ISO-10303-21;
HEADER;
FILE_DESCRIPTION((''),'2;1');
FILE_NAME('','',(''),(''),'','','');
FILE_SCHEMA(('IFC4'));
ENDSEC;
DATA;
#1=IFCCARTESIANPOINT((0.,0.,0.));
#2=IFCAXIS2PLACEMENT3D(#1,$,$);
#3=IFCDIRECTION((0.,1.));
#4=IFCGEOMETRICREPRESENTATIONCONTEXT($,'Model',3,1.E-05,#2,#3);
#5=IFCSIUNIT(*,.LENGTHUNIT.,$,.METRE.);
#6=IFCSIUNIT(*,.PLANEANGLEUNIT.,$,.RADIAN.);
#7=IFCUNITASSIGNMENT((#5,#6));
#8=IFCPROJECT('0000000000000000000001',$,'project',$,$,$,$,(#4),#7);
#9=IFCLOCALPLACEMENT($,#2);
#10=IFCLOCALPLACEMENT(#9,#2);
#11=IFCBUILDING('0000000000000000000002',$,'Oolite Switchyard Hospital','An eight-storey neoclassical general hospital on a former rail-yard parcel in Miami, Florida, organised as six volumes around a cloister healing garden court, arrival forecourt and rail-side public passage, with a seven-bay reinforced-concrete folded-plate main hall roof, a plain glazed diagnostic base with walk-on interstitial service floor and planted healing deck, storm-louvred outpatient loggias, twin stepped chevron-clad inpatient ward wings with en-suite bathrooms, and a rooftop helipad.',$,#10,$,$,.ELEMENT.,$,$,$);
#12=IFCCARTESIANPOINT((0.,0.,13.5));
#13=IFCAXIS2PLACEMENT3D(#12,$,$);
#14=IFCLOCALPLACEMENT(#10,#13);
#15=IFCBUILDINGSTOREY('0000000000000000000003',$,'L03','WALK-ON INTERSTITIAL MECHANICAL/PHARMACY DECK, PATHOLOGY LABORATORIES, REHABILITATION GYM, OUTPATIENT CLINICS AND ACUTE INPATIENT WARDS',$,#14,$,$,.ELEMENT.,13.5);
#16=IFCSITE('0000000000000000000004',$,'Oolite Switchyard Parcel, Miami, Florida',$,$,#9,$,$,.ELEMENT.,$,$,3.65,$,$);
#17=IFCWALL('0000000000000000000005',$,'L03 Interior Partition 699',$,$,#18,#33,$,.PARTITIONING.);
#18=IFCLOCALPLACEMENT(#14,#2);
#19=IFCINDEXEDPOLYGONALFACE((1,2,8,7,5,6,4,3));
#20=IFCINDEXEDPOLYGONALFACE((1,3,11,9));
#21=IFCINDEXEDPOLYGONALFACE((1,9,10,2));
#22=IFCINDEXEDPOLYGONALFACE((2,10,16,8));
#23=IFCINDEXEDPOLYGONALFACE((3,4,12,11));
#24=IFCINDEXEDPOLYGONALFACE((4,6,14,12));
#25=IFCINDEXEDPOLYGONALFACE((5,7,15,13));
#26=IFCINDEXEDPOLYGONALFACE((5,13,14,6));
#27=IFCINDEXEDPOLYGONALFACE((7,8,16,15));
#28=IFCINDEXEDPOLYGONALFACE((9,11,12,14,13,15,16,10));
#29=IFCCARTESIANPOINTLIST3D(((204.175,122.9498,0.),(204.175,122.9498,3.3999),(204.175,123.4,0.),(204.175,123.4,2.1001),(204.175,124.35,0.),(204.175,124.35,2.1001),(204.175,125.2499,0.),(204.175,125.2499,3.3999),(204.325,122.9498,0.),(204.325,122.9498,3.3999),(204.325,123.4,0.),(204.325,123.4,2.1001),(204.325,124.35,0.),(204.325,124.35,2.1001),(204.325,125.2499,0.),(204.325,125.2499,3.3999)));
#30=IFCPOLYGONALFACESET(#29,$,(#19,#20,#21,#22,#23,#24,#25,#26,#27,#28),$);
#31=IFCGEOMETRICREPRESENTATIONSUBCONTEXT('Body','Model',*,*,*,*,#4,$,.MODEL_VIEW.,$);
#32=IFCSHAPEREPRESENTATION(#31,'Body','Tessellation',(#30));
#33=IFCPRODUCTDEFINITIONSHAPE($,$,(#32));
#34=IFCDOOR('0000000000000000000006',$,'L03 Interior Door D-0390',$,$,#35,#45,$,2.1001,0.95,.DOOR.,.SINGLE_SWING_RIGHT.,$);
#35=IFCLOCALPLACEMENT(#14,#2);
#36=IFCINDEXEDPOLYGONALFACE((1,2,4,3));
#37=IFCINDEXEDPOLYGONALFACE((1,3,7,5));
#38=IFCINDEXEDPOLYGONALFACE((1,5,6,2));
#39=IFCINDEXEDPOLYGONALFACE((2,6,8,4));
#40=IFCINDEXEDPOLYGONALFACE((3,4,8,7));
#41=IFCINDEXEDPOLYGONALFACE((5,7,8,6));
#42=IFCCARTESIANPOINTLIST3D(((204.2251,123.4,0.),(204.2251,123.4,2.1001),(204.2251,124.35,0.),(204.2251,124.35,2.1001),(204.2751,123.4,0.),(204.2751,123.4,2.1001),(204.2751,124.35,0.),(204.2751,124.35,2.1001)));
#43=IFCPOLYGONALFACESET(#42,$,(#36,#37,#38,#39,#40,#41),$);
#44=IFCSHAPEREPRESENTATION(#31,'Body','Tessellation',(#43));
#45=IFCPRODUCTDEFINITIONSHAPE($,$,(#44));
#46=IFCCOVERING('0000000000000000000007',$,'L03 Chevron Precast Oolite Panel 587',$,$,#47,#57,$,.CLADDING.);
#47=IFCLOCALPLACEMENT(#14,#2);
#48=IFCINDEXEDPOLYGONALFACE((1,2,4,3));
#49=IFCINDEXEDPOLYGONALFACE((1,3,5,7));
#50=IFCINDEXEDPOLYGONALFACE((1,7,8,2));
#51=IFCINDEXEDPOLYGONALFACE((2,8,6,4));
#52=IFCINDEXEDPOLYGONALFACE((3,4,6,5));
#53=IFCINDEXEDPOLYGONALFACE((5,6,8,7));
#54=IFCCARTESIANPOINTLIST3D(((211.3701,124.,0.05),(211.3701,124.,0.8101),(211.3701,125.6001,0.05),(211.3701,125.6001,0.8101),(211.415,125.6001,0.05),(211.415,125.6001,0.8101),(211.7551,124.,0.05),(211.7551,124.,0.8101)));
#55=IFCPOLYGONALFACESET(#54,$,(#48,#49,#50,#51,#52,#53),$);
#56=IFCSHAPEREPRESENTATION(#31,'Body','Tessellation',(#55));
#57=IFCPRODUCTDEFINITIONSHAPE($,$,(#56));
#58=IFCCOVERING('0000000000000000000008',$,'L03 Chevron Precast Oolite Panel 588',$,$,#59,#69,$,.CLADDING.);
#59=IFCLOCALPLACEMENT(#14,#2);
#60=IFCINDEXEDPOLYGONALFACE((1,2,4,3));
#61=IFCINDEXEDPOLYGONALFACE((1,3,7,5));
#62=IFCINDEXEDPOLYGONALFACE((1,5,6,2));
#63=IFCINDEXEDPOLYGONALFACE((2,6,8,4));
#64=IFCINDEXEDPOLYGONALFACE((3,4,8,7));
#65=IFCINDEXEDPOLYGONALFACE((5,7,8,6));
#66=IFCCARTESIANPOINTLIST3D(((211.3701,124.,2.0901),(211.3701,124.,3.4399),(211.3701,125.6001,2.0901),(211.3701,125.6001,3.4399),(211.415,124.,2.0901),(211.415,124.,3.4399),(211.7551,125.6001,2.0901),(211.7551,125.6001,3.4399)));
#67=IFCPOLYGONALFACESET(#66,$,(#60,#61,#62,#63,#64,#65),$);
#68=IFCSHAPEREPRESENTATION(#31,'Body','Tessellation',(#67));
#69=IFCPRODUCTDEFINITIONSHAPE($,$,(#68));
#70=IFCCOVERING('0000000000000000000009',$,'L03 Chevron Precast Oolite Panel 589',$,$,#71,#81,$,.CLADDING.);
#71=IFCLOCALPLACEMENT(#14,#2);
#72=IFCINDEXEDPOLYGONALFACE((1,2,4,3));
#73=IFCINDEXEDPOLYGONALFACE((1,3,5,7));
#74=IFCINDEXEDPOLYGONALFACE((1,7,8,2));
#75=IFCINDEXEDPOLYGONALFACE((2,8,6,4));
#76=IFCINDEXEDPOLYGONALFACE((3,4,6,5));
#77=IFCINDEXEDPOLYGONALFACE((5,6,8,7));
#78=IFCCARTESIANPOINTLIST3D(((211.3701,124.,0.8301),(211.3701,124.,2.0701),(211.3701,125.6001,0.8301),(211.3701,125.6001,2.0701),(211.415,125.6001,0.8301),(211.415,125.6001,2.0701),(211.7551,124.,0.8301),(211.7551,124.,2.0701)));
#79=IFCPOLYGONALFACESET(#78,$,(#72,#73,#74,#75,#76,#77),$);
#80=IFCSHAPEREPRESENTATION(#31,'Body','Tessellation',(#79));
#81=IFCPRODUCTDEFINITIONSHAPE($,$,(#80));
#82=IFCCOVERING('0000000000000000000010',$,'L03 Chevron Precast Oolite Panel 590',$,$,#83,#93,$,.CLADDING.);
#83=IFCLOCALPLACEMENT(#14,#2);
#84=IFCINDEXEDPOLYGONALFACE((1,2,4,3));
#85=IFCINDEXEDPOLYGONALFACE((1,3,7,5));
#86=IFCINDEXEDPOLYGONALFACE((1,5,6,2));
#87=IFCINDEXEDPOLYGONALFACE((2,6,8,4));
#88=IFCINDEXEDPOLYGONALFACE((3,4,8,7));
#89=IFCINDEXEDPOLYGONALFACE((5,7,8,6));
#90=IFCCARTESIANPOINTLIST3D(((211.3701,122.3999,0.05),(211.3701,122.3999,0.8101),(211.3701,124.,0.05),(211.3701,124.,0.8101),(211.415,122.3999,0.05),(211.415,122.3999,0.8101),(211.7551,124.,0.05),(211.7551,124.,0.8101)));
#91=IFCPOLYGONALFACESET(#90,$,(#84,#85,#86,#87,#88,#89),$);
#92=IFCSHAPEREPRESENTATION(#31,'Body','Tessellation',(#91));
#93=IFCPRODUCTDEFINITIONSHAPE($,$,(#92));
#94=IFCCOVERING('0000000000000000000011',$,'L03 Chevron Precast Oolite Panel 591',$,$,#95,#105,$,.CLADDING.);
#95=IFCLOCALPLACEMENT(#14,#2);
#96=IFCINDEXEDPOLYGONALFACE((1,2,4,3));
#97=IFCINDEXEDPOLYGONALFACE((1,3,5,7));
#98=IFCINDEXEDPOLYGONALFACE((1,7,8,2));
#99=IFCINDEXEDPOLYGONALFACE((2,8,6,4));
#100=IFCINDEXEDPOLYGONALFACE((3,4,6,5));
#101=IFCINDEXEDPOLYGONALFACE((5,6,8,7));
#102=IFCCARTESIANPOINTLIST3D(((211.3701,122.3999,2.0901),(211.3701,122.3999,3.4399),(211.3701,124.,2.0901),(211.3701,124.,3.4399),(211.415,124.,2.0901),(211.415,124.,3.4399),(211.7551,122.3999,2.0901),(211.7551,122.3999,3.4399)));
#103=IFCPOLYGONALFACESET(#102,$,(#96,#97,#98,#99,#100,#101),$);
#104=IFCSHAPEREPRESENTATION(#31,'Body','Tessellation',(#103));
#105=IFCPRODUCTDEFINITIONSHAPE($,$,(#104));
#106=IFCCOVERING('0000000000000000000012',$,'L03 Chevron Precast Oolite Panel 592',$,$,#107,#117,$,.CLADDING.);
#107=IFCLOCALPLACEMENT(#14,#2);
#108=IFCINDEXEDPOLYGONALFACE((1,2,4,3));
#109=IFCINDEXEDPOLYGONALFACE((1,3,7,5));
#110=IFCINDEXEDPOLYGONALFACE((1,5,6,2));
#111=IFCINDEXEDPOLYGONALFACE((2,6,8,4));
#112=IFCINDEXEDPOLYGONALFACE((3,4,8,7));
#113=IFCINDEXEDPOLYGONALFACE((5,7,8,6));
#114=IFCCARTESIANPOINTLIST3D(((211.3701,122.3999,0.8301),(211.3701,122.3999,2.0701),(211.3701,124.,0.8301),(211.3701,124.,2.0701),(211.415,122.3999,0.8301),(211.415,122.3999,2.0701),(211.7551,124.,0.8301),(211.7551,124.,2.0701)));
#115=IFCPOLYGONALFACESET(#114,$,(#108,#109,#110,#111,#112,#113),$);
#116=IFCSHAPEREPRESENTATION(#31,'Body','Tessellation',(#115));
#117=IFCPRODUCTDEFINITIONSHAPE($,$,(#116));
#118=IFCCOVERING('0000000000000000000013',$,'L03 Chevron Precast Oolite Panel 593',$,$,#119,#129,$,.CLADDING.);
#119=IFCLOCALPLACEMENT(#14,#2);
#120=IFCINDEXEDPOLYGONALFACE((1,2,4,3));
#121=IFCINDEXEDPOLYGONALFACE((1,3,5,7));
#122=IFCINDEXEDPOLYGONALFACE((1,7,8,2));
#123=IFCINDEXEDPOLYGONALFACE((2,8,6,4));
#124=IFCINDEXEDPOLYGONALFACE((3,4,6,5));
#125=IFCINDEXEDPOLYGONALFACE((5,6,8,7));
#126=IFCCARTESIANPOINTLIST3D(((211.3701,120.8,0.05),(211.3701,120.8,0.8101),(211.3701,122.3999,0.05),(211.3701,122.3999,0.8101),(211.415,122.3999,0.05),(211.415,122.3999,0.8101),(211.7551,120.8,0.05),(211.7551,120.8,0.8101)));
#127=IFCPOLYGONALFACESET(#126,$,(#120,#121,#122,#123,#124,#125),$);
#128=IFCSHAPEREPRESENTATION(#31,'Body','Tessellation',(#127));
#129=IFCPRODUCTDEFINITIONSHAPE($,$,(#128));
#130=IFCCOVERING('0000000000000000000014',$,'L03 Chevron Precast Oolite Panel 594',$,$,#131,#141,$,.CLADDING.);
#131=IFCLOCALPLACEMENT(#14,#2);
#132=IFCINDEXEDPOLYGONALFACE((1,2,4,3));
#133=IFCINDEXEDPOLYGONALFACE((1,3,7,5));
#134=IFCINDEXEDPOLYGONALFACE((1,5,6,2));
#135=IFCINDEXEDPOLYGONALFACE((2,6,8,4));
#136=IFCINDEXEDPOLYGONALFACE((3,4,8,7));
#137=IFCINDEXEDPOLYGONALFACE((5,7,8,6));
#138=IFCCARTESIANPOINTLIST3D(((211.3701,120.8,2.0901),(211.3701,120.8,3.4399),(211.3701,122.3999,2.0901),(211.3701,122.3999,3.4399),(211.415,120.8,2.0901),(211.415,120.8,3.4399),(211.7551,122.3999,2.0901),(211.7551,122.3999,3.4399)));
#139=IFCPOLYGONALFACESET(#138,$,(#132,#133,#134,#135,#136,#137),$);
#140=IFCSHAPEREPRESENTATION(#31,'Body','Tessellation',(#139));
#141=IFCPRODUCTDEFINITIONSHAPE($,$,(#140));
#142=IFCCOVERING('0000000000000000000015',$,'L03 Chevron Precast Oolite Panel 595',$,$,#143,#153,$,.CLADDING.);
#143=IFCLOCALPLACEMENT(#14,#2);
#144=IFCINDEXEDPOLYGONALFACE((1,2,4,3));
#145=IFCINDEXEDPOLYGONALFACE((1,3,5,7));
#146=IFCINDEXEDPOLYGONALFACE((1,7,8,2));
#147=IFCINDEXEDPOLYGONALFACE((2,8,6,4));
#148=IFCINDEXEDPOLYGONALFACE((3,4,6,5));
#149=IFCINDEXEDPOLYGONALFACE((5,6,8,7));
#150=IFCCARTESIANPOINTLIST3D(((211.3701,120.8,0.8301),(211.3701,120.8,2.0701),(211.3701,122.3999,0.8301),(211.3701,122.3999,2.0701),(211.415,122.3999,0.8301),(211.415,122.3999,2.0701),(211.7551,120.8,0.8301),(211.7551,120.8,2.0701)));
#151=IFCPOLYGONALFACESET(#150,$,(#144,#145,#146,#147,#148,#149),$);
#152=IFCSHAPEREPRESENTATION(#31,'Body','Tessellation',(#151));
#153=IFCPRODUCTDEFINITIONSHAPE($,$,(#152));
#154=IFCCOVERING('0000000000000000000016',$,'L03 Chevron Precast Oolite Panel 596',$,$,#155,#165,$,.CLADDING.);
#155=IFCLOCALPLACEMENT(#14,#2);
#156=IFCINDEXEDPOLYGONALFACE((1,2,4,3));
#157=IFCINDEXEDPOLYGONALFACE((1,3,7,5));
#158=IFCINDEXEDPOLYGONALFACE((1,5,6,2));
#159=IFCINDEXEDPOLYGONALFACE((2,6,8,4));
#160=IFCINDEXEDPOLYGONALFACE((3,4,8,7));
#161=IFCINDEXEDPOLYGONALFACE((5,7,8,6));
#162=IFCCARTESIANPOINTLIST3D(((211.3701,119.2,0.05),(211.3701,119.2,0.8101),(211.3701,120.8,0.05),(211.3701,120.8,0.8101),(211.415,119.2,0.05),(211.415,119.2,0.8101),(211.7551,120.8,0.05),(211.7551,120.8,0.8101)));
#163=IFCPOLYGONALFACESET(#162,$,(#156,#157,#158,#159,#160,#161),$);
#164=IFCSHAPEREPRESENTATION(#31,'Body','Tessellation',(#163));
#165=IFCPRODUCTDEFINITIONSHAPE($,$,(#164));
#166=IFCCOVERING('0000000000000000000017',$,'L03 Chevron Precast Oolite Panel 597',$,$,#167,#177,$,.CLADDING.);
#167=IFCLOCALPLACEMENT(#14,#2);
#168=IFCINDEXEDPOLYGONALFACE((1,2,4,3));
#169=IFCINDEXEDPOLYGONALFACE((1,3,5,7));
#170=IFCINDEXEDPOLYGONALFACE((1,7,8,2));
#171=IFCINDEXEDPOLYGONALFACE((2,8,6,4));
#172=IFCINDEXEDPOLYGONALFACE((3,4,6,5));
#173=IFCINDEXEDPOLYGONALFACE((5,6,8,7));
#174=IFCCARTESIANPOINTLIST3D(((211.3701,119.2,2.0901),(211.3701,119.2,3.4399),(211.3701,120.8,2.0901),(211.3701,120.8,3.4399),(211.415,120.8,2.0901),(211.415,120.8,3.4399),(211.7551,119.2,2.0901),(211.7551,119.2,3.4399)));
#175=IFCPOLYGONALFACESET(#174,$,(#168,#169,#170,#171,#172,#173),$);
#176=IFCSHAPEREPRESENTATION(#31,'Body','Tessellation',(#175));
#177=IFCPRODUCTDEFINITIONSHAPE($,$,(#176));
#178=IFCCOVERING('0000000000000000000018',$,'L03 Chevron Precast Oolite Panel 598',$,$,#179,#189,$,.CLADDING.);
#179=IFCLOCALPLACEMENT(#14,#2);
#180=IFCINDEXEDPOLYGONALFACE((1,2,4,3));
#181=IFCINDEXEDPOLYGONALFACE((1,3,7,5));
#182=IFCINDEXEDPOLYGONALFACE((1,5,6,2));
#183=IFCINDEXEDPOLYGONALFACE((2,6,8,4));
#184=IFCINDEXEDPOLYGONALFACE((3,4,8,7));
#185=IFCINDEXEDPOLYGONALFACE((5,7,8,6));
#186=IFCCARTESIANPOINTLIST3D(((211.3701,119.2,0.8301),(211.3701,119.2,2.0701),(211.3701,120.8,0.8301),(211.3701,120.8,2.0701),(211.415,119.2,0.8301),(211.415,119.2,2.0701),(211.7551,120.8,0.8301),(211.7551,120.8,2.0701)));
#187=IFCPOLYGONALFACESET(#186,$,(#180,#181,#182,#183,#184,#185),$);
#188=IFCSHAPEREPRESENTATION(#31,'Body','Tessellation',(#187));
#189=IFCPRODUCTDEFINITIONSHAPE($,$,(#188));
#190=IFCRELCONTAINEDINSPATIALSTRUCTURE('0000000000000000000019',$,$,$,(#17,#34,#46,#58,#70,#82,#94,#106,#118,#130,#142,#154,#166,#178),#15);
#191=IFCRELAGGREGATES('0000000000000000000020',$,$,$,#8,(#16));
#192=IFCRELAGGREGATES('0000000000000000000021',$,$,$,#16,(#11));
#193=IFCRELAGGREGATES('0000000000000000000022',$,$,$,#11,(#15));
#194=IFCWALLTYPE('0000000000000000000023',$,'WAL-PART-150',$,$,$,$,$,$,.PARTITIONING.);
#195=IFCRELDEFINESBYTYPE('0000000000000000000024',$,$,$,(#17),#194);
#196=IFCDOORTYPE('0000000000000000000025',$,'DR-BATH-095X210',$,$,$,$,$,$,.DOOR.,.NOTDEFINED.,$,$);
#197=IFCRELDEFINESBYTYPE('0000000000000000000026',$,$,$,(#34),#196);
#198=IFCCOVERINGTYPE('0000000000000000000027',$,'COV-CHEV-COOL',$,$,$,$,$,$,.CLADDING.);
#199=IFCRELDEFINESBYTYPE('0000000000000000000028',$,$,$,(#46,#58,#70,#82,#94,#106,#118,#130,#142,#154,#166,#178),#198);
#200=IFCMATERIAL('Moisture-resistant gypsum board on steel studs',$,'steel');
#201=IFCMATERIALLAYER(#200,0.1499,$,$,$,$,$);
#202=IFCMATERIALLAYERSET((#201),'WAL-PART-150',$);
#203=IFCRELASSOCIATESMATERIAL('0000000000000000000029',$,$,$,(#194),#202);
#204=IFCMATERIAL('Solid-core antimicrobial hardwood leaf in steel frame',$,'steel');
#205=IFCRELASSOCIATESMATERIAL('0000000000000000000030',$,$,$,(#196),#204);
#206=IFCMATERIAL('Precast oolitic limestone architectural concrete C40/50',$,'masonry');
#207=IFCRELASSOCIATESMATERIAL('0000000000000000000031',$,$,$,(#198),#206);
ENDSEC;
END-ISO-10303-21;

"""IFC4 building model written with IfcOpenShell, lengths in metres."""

from ifc_helpers import new_model, si_unit, direction, frame, frame_2d, origin, place, context, subcontext, project, spatial, polyline, rectangle, outline, extrude, material, layer, layer_set, type_object, element, fill, save


model = new_model("IFC4")

# Units and contexts
model_context = context("Model", 3, precision=1e-05, world=origin(), true_north=direction((0.0, 1.0)))
body_context = subcontext(model_context, "Body", "Model", "MODEL_VIEW")
ifc_project = project(units=[si_unit("LENGTHUNIT", "METRE"), si_unit("PLANEANGLEUNIT", "RADIAN")], contexts=[model_context])

# Site, building, storey
site_placement = place(None, origin())
site = spatial("IfcSite", under=ifc_project, at=site_placement, Name="Oolite Switchyard Parcel, Miami, Florida", CompositionType="ELEMENT", RefElevation=3.65)
building_placement = place(site_placement, origin())
building = spatial("IfcBuilding", under=site, at=building_placement, Name="Oolite Switchyard Hospital", Description="An eight-storey neoclassical general hospital on a former rail-yard parcel in Miami, Florida, organised as six volumes around a cloister healing garden court, arrival forecourt and rail-side public passage, with a seven-bay reinforced-concrete folded-plate main hall roof, a plain glazed diagnostic base with walk-on interstitial service floor and planted healing deck, storm-louvred outpatient loggias, twin stepped chevron-clad inpatient ward wings with en-suite bathrooms, and a rooftop helipad.", CompositionType="ELEMENT")
storey_placement = place(building_placement, frame((0.0, 0.0, 13.5)))
storey = spatial("IfcBuildingStorey", under=building, at=storey_placement, Name="L03", Description="WALK-ON INTERSTITIAL MECHANICAL/PHARMACY DECK, PATHOLOGY LABORATORIES, REHABILITATION GYM, OUTPATIENT CLINICS AND ACUTE INPATIENT WARDS", CompositionType="ELEMENT", Elevation=13.5)

# Shared definitions
ifc_material_1 = material(Name="Moisture-resistant gypsum board on steel studs", Category="steel")
ifc_layer = layer(ifc_material_1, 0.1499)
ifc_layer_set = layer_set([ifc_layer], Name="WAL-PART-150")
wall_type = type_object("IfcWallType", Name="WAL-PART-150", PredefinedType="PARTITIONING", material=ifc_layer_set)
ifc_material_2 = material(Name="Solid-core antimicrobial hardwood leaf in steel frame", Category="steel")

# Wall, opening, door
wall_1_placement = place(storey_placement, frame((204.25, 122.95, 0.0), z_axis=(0.0, 0.0, 1.0), x_axis=(0.0, 1.0, 0.0)))
wall_1 = element("IfcWall", 1, at=wall_1_placement, inside=storey, type_object=wall_type, Name="L03 Interior Partition 699", PredefinedType="PARTITIONING", context=body_context, shape_type="SweptSolid", body=[
    extrude(rectangle(XDim=2.3, YDim=0.1499, at=frame_2d((1.1499, 0.0))), origin(), (0.0, 0.0, 1.0), 3.3999),
])
opening_1_placement = place(wall_1_placement, frame((0.45, 0.0, 0.0)))
opening_1 = element("IfcOpeningElement", 2, at=opening_1_placement, cuts=wall_1, PredefinedType="OPENING", context=body_context, shape_type="SweptSolid", body=[
    extrude(rectangle(XDim=0.95, YDim=2.1001, at=frame_2d((0.4751, 1.05))), frame((0.0, 0.085, 0.0), z_axis=(0.0, -1.0, 0.0), x_axis=(1.0, 0.0, 0.0)), (0.0, 0.0, 1.0), 0.1699),
])
door_type_1 = type_object("IfcDoorType", Name="DR-BATH-095X210", OperationType="NOTDEFINED", PredefinedType="DOOR", material=ifc_material_2)
door_1_placement = place(opening_1_placement, origin())
door_1 = element("IfcDoor", 3, at=door_1_placement, inside=storey, type_object=door_type_1, Name="L03 Interior Door D-0390", OperationType="SINGLE_SWING_RIGHT", OverallHeight=2.1001, OverallWidth=0.95, PredefinedType="DOOR", context=body_context, shape_type="SweptSolid", body=[
    extrude(rectangle(XDim=0.95, YDim=2.1001, at=frame_2d((0.4751, 1.05))), frame((0.0, 0.0249, 0.0), z_axis=(0.0, -1.0, 0.0), x_axis=(1.0, 0.0, 0.0)), (0.0, 0.0, 1.0), 0.05),
])
fill(opening_1, door_1)

# Coverings
ifc_material_3 = material(Name="Precast oolitic limestone architectural concrete C40/50", Category="masonry")
covering_type = type_object("IfcCoveringType", Name="COV-CHEV-COOL", PredefinedType="CLADDING", material=ifc_material_3)
covering_1_placement = place(storey_placement, frame((211.3701, 125.6001, 0.05), z_axis=(0.0, 0.0, 1.0), x_axis=(0.0, -1.0, 0.0)))
element("IfcCovering", 4, at=covering_1_placement, inside=storey, type_object=covering_type, Name="L03 Chevron Precast Oolite Panel 587", PredefinedType="CLADDING", context=body_context, shape_type="SweptSolid", body=[
    extrude(outline(polyline([(0.0, 0.0), (1.6001, 0.0), (1.6001, 0.385), (0.0, 0.0449), (0.0, 0.0)])), origin(), (0.0, 0.0, 1.0), 0.76),
])
covering_2_placement = place(storey_placement, frame((211.3701, 125.6001, 2.0901), z_axis=(0.0, 0.0, 1.0), x_axis=(0.0, -1.0, 0.0)))
element("IfcCovering", 5, at=covering_2_placement, inside=storey, type_object=covering_type, Name="L03 Chevron Precast Oolite Panel 588", PredefinedType="CLADDING", context=body_context, shape_type="SweptSolid", body=[
    extrude(outline(polyline([(0.0, 0.0), (1.6001, 0.0), (1.6001, 0.0449), (0.0, 0.385), (0.0, 0.0)])), origin(), (0.0, 0.0, 1.0), 1.3499),
])
covering_3_placement = place(storey_placement, frame((211.3701, 125.6001, 0.8301), z_axis=(0.0, 0.0, 1.0), x_axis=(0.0, -1.0, 0.0)))
element("IfcCovering", 6, at=covering_3_placement, inside=storey, type_object=covering_type, Name="L03 Chevron Precast Oolite Panel 589", PredefinedType="CLADDING", context=body_context, shape_type="SweptSolid", body=[
    extrude(outline(polyline([(0.0, 0.0), (1.6001, 0.0), (1.6001, 0.385), (0.0, 0.0449), (0.0, 0.0)])), origin(), (0.0, 0.0, 1.0), 1.24),
])
covering_4_placement = place(storey_placement, frame((211.3701, 124.0, 0.05), z_axis=(0.0, 0.0, 1.0), x_axis=(0.0, -1.0, 0.0)))
element("IfcCovering", 7, at=covering_4_placement, inside=storey, type_object=covering_type, Name="L03 Chevron Precast Oolite Panel 590", PredefinedType="CLADDING", context=body_context, shape_type="SweptSolid", body=[
    extrude(outline(polyline([(0.0, 0.0), (1.6001, 0.0), (1.6001, 0.0449), (0.0, 0.385), (0.0, 0.0)])), origin(), (0.0, 0.0, 1.0), 0.76),
])
covering_5_placement = place(storey_placement, frame((211.3701, 124.0, 2.0901), z_axis=(0.0, 0.0, 1.0), x_axis=(0.0, -1.0, 0.0)))
element("IfcCovering", 8, at=covering_5_placement, inside=storey, type_object=covering_type, Name="L03 Chevron Precast Oolite Panel 591", PredefinedType="CLADDING", context=body_context, shape_type="SweptSolid", body=[
    extrude(outline(polyline([(0.0, 0.0), (1.6001, 0.0), (1.6001, 0.385), (0.0, 0.0449), (0.0, 0.0)])), origin(), (0.0, 0.0, 1.0), 1.3499),
])
covering_6_placement = place(storey_placement, frame((211.3701, 124.0, 0.8301), z_axis=(0.0, 0.0, 1.0), x_axis=(0.0, -1.0, 0.0)))
element("IfcCovering", 9, at=covering_6_placement, inside=storey, type_object=covering_type, Name="L03 Chevron Precast Oolite Panel 592", PredefinedType="CLADDING", context=body_context, shape_type="SweptSolid", body=[
    extrude(outline(polyline([(0.0, 0.0), (1.6001, 0.0), (1.6001, 0.0449), (0.0, 0.385), (0.0, 0.0)])), origin(), (0.0, 0.0, 1.0), 1.24),
])
covering_7_placement = place(storey_placement, frame((211.3701, 122.3999, 0.05), z_axis=(0.0, 0.0, 1.0), x_axis=(0.0, -1.0, 0.0)))
element("IfcCovering", 10, at=covering_7_placement, inside=storey, type_object=covering_type, Name="L03 Chevron Precast Oolite Panel 593", PredefinedType="CLADDING", context=body_context, shape_type="SweptSolid", body=[
    extrude(outline(polyline([(0.0, 0.0), (1.5999, 0.0), (1.5999, 0.385), (0.0, 0.0449), (0.0, 0.0)])), origin(), (0.0, 0.0, 1.0), 0.76),
])
covering_8_placement = place(storey_placement, frame((211.3701, 122.3999, 2.0901), z_axis=(0.0, 0.0, 1.0), x_axis=(0.0, -1.0, 0.0)))
element("IfcCovering", 11, at=covering_8_placement, inside=storey, type_object=covering_type, Name="L03 Chevron Precast Oolite Panel 594", PredefinedType="CLADDING", context=body_context, shape_type="SweptSolid", body=[
    extrude(outline(polyline([(0.0, 0.0), (1.5999, 0.0), (1.5999, 0.0449), (0.0, 0.385), (0.0, 0.0)])), origin(), (0.0, 0.0, 1.0), 1.3499),
])
covering_9_placement = place(storey_placement, frame((211.3701, 122.3999, 0.8301), z_axis=(0.0, 0.0, 1.0), x_axis=(0.0, -1.0, 0.0)))
element("IfcCovering", 12, at=covering_9_placement, inside=storey, type_object=covering_type, Name="L03 Chevron Precast Oolite Panel 595", PredefinedType="CLADDING", context=body_context, shape_type="SweptSolid", body=[
    extrude(outline(polyline([(0.0, 0.0), (1.5999, 0.0), (1.5999, 0.385), (0.0, 0.0449), (0.0, 0.0)])), origin(), (0.0, 0.0, 1.0), 1.24),
])
covering_10_placement = place(storey_placement, frame((211.3701, 120.8, 0.05), z_axis=(0.0, 0.0, 1.0), x_axis=(0.0, -1.0, 0.0)))
element("IfcCovering", 13, at=covering_10_placement, inside=storey, type_object=covering_type, Name="L03 Chevron Precast Oolite Panel 596", PredefinedType="CLADDING", context=body_context, shape_type="SweptSolid", body=[
    extrude(outline(polyline([(0.0, 0.0), (1.6001, 0.0), (1.6001, 0.0449), (0.0, 0.385), (0.0, 0.0)])), origin(), (0.0, 0.0, 1.0), 0.76),
])
covering_11_placement = place(storey_placement, frame((211.3701, 120.8, 2.0901), z_axis=(0.0, 0.0, 1.0), x_axis=(0.0, -1.0, 0.0)))
element("IfcCovering", 14, at=covering_11_placement, inside=storey, type_object=covering_type, Name="L03 Chevron Precast Oolite Panel 597", PredefinedType="CLADDING", context=body_context, shape_type="SweptSolid", body=[
    extrude(outline(polyline([(0.0, 0.0), (1.6001, 0.0), (1.6001, 0.385), (0.0, 0.0449), (0.0, 0.0)])), origin(), (0.0, 0.0, 1.0), 1.3499),
])
covering_12_placement = place(storey_placement, frame((211.3701, 120.8, 0.8301), z_axis=(0.0, 0.0, 1.0), x_axis=(0.0, -1.0, 0.0)))
element("IfcCovering", 15, at=covering_12_placement, inside=storey, type_object=covering_type, Name="L03 Chevron Precast Oolite Panel 598", PredefinedType="CLADDING", context=body_context, shape_type="SweptSolid", body=[
    extrude(outline(polyline([(0.0, 0.0), (1.6001, 0.0), (1.6001, 0.0449), (0.0, 0.385), (0.0, 0.0)])), origin(), (0.0, 0.0, 1.0), 1.24),
])

save(model, "model.ifc")
